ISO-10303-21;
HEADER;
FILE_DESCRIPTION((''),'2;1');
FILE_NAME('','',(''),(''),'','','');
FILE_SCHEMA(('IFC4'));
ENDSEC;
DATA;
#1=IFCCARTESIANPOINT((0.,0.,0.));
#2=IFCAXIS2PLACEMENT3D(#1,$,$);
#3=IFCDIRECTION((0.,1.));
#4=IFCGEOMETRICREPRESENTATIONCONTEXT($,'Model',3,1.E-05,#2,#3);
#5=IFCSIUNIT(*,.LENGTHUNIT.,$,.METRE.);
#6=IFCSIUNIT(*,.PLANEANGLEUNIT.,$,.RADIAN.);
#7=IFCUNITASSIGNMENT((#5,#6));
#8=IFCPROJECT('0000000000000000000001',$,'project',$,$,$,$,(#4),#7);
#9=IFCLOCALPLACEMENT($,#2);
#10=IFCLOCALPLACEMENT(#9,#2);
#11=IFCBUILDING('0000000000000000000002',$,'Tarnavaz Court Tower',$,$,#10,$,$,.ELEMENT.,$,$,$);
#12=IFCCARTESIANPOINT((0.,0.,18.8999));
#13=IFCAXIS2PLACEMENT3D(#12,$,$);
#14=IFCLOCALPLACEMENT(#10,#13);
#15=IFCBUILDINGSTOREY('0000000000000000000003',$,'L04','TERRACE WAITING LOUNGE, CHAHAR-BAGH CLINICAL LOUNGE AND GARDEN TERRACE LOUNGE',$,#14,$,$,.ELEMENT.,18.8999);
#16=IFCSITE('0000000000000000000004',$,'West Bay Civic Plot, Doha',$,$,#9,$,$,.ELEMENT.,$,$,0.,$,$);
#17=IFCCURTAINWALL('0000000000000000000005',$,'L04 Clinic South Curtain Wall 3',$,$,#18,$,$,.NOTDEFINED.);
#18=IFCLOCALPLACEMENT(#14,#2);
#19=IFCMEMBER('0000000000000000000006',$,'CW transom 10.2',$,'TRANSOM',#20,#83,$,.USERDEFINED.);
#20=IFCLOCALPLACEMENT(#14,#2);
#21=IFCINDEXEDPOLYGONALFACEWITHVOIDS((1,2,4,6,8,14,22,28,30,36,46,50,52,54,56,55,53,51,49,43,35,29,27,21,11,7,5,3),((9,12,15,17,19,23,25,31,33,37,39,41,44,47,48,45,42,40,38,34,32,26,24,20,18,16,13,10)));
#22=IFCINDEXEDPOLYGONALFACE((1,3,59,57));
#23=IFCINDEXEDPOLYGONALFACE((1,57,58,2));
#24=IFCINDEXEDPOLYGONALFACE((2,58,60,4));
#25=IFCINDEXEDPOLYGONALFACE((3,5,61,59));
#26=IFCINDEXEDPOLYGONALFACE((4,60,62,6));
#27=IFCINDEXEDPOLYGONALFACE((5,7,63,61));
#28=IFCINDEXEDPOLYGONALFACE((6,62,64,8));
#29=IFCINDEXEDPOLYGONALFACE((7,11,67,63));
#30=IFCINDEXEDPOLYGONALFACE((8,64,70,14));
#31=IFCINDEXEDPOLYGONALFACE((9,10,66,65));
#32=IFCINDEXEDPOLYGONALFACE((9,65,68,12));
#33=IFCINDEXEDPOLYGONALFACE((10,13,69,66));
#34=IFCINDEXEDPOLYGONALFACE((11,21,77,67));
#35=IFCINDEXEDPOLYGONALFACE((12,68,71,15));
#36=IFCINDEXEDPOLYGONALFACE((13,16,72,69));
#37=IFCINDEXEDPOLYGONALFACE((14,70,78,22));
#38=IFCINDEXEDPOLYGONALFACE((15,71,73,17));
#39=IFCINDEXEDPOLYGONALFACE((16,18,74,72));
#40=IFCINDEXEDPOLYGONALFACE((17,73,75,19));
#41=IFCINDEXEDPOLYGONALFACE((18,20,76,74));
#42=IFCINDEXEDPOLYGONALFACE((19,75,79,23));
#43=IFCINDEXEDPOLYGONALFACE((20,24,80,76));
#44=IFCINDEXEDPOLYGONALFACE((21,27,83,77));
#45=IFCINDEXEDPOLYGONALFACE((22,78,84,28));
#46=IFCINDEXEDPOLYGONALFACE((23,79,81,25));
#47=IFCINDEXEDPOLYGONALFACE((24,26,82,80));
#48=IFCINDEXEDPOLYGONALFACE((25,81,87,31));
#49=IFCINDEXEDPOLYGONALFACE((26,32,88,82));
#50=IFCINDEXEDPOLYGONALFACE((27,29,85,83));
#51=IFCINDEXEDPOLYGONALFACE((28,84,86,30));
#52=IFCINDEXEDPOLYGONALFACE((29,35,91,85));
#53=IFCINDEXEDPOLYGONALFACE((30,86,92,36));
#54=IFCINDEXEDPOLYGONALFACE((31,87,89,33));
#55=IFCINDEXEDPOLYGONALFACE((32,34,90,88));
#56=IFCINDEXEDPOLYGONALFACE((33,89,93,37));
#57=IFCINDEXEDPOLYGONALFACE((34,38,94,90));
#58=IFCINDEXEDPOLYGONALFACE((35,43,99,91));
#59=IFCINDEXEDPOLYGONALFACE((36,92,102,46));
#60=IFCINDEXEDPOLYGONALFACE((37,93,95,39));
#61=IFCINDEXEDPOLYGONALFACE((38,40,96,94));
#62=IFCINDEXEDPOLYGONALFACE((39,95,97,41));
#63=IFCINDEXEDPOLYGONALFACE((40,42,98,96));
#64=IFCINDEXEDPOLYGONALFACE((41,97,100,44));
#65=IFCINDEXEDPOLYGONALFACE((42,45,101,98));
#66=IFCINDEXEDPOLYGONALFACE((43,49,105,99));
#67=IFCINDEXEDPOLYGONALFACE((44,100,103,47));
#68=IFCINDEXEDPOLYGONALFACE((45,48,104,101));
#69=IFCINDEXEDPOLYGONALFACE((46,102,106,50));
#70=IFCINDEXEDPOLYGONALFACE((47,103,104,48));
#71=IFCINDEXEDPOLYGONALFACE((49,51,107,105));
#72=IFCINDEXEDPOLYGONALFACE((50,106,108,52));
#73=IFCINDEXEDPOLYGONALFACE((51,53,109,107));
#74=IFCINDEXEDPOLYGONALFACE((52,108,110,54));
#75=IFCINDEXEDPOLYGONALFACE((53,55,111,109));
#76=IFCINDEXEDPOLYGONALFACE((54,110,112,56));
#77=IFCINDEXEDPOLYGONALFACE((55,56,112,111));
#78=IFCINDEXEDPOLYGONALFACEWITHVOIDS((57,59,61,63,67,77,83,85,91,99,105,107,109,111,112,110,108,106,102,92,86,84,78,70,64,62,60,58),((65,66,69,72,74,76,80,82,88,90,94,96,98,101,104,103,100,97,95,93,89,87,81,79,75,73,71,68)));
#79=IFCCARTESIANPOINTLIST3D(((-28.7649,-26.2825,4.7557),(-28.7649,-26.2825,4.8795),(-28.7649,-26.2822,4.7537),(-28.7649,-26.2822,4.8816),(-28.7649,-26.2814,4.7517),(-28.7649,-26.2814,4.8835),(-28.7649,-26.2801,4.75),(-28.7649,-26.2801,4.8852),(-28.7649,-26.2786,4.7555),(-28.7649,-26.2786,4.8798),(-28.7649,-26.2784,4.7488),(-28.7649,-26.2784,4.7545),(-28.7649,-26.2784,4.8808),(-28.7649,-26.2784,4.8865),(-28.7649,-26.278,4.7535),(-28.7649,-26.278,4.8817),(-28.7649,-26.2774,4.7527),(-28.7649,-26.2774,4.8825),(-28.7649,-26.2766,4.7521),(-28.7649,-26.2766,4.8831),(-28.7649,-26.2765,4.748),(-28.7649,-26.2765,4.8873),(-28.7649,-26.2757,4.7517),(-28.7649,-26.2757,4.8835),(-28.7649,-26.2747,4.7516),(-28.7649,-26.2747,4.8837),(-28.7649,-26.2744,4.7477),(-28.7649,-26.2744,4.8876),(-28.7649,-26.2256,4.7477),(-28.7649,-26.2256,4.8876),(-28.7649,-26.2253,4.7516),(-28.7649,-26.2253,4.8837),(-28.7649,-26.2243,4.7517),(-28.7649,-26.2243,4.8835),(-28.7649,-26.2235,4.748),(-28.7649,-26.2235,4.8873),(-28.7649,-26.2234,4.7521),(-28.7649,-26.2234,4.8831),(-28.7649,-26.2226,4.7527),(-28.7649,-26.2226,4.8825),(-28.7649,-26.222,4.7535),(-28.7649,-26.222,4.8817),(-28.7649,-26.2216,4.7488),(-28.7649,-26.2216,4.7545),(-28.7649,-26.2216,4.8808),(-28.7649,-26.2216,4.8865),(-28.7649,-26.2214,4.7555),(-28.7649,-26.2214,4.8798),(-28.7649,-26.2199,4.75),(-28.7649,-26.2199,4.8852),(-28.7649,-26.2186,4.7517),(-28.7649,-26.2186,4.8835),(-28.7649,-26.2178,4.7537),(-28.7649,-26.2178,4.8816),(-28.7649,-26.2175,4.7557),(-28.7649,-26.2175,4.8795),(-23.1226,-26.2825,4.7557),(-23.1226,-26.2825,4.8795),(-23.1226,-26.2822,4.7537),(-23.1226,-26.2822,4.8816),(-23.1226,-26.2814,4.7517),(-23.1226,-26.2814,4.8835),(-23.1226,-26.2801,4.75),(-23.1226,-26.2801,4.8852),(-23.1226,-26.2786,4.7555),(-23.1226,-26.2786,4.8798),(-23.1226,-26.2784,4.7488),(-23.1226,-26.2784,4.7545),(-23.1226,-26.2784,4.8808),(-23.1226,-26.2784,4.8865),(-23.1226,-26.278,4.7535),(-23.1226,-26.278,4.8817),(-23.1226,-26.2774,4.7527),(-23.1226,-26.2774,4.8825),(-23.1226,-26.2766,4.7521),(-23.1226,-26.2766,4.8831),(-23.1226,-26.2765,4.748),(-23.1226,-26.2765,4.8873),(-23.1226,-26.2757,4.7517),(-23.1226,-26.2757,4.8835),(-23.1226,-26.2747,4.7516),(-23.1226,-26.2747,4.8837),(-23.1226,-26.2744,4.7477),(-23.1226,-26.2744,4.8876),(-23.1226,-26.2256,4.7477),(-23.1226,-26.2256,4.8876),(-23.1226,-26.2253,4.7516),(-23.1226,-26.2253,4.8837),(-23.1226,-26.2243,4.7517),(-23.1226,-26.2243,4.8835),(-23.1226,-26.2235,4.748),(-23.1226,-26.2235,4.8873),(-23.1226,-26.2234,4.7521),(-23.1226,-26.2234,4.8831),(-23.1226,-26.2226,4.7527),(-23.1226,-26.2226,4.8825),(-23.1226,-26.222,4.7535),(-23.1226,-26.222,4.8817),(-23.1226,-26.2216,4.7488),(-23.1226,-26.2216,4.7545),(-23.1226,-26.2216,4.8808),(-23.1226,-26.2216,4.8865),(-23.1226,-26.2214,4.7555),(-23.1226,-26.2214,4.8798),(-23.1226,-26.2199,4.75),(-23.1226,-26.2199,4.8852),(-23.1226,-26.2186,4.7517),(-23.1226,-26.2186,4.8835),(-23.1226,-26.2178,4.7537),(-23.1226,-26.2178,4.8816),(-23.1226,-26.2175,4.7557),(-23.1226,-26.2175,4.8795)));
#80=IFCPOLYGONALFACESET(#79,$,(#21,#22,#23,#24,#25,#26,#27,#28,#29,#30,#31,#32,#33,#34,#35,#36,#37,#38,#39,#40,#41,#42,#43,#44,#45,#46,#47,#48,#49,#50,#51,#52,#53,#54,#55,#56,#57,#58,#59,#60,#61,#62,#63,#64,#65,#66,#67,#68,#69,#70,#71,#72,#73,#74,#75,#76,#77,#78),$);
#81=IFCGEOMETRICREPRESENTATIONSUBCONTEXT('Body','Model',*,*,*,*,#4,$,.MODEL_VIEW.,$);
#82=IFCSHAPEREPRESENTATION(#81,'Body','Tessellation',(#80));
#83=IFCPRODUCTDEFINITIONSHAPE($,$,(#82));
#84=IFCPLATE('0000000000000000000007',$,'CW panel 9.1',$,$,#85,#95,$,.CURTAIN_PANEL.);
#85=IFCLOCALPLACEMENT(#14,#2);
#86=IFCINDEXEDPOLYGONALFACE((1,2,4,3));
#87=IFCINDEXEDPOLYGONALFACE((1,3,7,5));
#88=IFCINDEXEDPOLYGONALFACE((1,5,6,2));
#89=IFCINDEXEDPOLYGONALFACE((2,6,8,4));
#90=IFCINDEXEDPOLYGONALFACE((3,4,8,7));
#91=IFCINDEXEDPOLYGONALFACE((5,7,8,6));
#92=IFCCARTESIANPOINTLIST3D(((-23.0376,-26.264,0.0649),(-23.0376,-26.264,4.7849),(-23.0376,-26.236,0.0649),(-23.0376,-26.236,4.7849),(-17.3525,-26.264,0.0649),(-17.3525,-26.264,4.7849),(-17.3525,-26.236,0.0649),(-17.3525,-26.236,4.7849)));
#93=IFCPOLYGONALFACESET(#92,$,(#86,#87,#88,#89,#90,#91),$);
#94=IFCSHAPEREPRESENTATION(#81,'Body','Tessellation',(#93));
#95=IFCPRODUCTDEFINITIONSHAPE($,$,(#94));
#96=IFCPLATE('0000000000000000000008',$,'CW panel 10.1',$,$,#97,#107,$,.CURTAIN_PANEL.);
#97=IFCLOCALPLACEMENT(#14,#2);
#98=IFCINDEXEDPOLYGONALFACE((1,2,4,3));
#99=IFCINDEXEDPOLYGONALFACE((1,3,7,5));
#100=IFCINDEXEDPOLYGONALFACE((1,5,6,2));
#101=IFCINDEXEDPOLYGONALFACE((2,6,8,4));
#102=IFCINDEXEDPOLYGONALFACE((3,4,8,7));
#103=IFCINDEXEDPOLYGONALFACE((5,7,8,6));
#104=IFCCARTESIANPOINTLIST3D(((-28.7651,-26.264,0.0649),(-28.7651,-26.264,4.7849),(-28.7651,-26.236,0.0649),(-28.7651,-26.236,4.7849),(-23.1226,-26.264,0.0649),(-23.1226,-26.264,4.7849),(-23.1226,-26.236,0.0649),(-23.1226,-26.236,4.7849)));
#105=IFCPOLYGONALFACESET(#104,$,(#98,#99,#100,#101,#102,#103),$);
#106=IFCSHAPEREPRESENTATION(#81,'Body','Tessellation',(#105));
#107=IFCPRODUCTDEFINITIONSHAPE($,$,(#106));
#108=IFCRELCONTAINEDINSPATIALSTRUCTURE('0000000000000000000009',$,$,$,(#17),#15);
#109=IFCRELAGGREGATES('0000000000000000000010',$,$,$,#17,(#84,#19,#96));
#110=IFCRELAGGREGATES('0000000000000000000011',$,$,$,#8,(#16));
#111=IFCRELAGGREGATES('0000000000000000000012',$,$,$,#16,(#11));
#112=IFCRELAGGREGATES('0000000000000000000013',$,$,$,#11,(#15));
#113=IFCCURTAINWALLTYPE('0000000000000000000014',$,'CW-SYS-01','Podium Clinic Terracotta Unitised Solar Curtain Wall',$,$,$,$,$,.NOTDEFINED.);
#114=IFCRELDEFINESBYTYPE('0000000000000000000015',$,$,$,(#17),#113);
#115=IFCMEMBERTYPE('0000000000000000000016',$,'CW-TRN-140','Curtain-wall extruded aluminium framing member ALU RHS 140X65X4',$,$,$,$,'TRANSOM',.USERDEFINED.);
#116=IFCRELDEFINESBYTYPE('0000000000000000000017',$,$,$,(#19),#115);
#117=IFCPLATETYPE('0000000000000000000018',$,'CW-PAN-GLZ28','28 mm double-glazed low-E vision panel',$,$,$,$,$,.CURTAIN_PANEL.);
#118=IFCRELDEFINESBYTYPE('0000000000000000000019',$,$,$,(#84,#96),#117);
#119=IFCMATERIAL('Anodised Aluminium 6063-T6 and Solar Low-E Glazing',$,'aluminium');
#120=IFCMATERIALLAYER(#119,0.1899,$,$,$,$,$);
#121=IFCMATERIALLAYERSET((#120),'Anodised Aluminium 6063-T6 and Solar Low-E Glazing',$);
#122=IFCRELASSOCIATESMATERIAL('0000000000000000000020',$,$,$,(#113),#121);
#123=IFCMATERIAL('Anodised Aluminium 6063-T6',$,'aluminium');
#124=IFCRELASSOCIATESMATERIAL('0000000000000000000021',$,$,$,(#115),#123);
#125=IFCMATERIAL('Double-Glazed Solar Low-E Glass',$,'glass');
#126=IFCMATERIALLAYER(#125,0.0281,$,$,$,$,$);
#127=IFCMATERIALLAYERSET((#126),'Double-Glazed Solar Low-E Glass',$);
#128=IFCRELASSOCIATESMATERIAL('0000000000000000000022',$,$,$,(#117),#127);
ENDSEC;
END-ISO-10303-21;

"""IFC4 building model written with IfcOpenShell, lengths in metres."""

from ifc_helpers import new_model, si_unit, direction, frame, origin, origin_2d, place, context, subcontext, project, spatial, rectangle, hollow_rectangle, extrude, material, layer, layer_set, material_profile, profile_set, type_object, element, aggregate, save


model = new_model("IFC4")

# Units and contexts
model_context = context("Model", 3, precision=1e-05, world=origin(), true_north=direction((0.0, 1.0)))
body_context = subcontext(model_context, "Body", "Model", "MODEL_VIEW")
ifc_project = project(units=[si_unit("LENGTHUNIT", "METRE"), si_unit("PLANEANGLEUNIT", "RADIAN")], contexts=[model_context])

# Site, building, storey
site_placement = place(None, origin())
site = spatial("IfcSite", under=ifc_project, at=site_placement, Name="West Bay Civic Plot, Doha", CompositionType="ELEMENT", RefElevation=0.0)
building_placement = place(site_placement, origin())
building = spatial("IfcBuilding", under=site, at=building_placement, Name="Tarnavaz Court Tower", CompositionType="ELEMENT")
storey_placement = place(building_placement, frame((0.0, 0.0, 18.8999)))
storey = spatial("IfcBuildingStorey", under=building, at=storey_placement, Name="L04", Description="TERRACE WAITING LOUNGE, CHAHAR-BAGH CLINICAL LOUNGE AND GARDEN TERRACE LOUNGE", CompositionType="ELEMENT", Elevation=18.8999)

# Curtain wall, member, plates
ifc_material_1 = material(Name="Anodised Aluminium 6063-T6 and Solar Low-E Glazing", Category="aluminium")
ifc_layer_1 = layer(ifc_material_1, 0.1899)
ifc_layer_set_1 = layer_set([ifc_layer_1], Name="Anodised Aluminium 6063-T6 and Solar Low-E Glazing")
curtain_wall_type = type_object("IfcCurtainWallType", Name="CW-SYS-01", Description="Podium Clinic Terracotta Unitised Solar Curtain Wall", PredefinedType="NOTDEFINED", material=ifc_layer_set_1)
curtain_wall_placement = place(storey_placement, origin())
curtain_wall = element("IfcCurtainWall", 1, at=curtain_wall_placement, inside=storey, type_object=curtain_wall_type, Name="L04 Clinic South Curtain Wall 3", PredefinedType="NOTDEFINED")
ifc_material_2 = material(Name="Anodised Aluminium 6063-T6", Category="aluminium")
ifc_material_profile_1 = material_profile(ifc_material_2, hollow_rectangle(XDim=0.0649, YDim=0.1399, WallThickness=0.0039, InnerFilletRadius=0.0039, OuterFilletRadius=0.0081, at=origin_2d()), Name="ALU RHS 140X65X4")
ifc_profile_set_1 = profile_set([ifc_material_profile_1], Name="Anodised Aluminium 6063-T6")
member_type_1 = type_object("IfcMemberType", Name="CW-TRN-140", Description="Curtain-wall extruded aluminium framing member ALU RHS 140X65X4", ElementType="TRANSOM", PredefinedType="USERDEFINED", material=ifc_profile_set_1)
member_1_placement = place(storey_placement, frame((-23.1226, -26.25, 4.8176), z_axis=(-1.0, 0.0, 0.0), x_axis=(0.0, -1.0, 0.0)))
member_1 = element("IfcMember", 2, at=member_1_placement, type_object=member_type_1, Name="CW transom 10.2", ObjectType="TRANSOM", PredefinedType="USERDEFINED", context=body_context, shape_type="SweptSolid", body=[
    extrude(hollow_rectangle(XDim=0.0649, YDim=0.1399, WallThickness=0.0039, InnerFilletRadius=0.0039, OuterFilletRadius=0.0081, at=origin_2d()), origin(), (0.0, 0.0, 1.0), 5.6423),
])
ifc_material_3 = material(Name="Double-Glazed Solar Low-E Glass", Category="glass")
ifc_layer_2 = layer(ifc_material_3, 0.0281)
ifc_layer_set_2 = layer_set([ifc_layer_2], Name="Double-Glazed Solar Low-E Glass")
plate_type = type_object("IfcPlateType", Name="CW-PAN-GLZ28", Description="28 mm double-glazed low-E vision panel", PredefinedType="CURTAIN_PANEL", material=ifc_layer_set_2)
plate_1_placement = place(storey_placement, frame((-20.1951, -26.25, 0.0649), z_axis=(0.0, 0.0, 1.0), x_axis=(-1.0, 0.0, 0.0)))
plate_1 = element("IfcPlate", 3, at=plate_1_placement, type_object=plate_type, Name="CW panel 9.1", PredefinedType="CURTAIN_PANEL", context=body_context, shape_type="SweptSolid", body=[
    extrude(rectangle(XDim=5.6851, YDim=0.0281, at=origin_2d()), origin(), (0.0, 0.0, 1.0), 4.72),
])
plate_2_placement = place(storey_placement, frame((-25.9438, -26.25, 0.0649), z_axis=(0.0, 0.0, 1.0), x_axis=(-1.0, 0.0, 0.0)))
plate_2 = element("IfcPlate", 4, at=plate_2_placement, type_object=plate_type, Name="CW panel 10.1", PredefinedType="CURTAIN_PANEL", context=body_context, shape_type="SweptSolid", body=[
    extrude(rectangle(XDim=5.6426, YDim=0.0281, at=origin_2d()), origin(), (0.0, 0.0, 1.0), 4.72),
])
aggregate(curtain_wall, [plate_1, member_1, plate_2])

save(model, "model.ifc")
